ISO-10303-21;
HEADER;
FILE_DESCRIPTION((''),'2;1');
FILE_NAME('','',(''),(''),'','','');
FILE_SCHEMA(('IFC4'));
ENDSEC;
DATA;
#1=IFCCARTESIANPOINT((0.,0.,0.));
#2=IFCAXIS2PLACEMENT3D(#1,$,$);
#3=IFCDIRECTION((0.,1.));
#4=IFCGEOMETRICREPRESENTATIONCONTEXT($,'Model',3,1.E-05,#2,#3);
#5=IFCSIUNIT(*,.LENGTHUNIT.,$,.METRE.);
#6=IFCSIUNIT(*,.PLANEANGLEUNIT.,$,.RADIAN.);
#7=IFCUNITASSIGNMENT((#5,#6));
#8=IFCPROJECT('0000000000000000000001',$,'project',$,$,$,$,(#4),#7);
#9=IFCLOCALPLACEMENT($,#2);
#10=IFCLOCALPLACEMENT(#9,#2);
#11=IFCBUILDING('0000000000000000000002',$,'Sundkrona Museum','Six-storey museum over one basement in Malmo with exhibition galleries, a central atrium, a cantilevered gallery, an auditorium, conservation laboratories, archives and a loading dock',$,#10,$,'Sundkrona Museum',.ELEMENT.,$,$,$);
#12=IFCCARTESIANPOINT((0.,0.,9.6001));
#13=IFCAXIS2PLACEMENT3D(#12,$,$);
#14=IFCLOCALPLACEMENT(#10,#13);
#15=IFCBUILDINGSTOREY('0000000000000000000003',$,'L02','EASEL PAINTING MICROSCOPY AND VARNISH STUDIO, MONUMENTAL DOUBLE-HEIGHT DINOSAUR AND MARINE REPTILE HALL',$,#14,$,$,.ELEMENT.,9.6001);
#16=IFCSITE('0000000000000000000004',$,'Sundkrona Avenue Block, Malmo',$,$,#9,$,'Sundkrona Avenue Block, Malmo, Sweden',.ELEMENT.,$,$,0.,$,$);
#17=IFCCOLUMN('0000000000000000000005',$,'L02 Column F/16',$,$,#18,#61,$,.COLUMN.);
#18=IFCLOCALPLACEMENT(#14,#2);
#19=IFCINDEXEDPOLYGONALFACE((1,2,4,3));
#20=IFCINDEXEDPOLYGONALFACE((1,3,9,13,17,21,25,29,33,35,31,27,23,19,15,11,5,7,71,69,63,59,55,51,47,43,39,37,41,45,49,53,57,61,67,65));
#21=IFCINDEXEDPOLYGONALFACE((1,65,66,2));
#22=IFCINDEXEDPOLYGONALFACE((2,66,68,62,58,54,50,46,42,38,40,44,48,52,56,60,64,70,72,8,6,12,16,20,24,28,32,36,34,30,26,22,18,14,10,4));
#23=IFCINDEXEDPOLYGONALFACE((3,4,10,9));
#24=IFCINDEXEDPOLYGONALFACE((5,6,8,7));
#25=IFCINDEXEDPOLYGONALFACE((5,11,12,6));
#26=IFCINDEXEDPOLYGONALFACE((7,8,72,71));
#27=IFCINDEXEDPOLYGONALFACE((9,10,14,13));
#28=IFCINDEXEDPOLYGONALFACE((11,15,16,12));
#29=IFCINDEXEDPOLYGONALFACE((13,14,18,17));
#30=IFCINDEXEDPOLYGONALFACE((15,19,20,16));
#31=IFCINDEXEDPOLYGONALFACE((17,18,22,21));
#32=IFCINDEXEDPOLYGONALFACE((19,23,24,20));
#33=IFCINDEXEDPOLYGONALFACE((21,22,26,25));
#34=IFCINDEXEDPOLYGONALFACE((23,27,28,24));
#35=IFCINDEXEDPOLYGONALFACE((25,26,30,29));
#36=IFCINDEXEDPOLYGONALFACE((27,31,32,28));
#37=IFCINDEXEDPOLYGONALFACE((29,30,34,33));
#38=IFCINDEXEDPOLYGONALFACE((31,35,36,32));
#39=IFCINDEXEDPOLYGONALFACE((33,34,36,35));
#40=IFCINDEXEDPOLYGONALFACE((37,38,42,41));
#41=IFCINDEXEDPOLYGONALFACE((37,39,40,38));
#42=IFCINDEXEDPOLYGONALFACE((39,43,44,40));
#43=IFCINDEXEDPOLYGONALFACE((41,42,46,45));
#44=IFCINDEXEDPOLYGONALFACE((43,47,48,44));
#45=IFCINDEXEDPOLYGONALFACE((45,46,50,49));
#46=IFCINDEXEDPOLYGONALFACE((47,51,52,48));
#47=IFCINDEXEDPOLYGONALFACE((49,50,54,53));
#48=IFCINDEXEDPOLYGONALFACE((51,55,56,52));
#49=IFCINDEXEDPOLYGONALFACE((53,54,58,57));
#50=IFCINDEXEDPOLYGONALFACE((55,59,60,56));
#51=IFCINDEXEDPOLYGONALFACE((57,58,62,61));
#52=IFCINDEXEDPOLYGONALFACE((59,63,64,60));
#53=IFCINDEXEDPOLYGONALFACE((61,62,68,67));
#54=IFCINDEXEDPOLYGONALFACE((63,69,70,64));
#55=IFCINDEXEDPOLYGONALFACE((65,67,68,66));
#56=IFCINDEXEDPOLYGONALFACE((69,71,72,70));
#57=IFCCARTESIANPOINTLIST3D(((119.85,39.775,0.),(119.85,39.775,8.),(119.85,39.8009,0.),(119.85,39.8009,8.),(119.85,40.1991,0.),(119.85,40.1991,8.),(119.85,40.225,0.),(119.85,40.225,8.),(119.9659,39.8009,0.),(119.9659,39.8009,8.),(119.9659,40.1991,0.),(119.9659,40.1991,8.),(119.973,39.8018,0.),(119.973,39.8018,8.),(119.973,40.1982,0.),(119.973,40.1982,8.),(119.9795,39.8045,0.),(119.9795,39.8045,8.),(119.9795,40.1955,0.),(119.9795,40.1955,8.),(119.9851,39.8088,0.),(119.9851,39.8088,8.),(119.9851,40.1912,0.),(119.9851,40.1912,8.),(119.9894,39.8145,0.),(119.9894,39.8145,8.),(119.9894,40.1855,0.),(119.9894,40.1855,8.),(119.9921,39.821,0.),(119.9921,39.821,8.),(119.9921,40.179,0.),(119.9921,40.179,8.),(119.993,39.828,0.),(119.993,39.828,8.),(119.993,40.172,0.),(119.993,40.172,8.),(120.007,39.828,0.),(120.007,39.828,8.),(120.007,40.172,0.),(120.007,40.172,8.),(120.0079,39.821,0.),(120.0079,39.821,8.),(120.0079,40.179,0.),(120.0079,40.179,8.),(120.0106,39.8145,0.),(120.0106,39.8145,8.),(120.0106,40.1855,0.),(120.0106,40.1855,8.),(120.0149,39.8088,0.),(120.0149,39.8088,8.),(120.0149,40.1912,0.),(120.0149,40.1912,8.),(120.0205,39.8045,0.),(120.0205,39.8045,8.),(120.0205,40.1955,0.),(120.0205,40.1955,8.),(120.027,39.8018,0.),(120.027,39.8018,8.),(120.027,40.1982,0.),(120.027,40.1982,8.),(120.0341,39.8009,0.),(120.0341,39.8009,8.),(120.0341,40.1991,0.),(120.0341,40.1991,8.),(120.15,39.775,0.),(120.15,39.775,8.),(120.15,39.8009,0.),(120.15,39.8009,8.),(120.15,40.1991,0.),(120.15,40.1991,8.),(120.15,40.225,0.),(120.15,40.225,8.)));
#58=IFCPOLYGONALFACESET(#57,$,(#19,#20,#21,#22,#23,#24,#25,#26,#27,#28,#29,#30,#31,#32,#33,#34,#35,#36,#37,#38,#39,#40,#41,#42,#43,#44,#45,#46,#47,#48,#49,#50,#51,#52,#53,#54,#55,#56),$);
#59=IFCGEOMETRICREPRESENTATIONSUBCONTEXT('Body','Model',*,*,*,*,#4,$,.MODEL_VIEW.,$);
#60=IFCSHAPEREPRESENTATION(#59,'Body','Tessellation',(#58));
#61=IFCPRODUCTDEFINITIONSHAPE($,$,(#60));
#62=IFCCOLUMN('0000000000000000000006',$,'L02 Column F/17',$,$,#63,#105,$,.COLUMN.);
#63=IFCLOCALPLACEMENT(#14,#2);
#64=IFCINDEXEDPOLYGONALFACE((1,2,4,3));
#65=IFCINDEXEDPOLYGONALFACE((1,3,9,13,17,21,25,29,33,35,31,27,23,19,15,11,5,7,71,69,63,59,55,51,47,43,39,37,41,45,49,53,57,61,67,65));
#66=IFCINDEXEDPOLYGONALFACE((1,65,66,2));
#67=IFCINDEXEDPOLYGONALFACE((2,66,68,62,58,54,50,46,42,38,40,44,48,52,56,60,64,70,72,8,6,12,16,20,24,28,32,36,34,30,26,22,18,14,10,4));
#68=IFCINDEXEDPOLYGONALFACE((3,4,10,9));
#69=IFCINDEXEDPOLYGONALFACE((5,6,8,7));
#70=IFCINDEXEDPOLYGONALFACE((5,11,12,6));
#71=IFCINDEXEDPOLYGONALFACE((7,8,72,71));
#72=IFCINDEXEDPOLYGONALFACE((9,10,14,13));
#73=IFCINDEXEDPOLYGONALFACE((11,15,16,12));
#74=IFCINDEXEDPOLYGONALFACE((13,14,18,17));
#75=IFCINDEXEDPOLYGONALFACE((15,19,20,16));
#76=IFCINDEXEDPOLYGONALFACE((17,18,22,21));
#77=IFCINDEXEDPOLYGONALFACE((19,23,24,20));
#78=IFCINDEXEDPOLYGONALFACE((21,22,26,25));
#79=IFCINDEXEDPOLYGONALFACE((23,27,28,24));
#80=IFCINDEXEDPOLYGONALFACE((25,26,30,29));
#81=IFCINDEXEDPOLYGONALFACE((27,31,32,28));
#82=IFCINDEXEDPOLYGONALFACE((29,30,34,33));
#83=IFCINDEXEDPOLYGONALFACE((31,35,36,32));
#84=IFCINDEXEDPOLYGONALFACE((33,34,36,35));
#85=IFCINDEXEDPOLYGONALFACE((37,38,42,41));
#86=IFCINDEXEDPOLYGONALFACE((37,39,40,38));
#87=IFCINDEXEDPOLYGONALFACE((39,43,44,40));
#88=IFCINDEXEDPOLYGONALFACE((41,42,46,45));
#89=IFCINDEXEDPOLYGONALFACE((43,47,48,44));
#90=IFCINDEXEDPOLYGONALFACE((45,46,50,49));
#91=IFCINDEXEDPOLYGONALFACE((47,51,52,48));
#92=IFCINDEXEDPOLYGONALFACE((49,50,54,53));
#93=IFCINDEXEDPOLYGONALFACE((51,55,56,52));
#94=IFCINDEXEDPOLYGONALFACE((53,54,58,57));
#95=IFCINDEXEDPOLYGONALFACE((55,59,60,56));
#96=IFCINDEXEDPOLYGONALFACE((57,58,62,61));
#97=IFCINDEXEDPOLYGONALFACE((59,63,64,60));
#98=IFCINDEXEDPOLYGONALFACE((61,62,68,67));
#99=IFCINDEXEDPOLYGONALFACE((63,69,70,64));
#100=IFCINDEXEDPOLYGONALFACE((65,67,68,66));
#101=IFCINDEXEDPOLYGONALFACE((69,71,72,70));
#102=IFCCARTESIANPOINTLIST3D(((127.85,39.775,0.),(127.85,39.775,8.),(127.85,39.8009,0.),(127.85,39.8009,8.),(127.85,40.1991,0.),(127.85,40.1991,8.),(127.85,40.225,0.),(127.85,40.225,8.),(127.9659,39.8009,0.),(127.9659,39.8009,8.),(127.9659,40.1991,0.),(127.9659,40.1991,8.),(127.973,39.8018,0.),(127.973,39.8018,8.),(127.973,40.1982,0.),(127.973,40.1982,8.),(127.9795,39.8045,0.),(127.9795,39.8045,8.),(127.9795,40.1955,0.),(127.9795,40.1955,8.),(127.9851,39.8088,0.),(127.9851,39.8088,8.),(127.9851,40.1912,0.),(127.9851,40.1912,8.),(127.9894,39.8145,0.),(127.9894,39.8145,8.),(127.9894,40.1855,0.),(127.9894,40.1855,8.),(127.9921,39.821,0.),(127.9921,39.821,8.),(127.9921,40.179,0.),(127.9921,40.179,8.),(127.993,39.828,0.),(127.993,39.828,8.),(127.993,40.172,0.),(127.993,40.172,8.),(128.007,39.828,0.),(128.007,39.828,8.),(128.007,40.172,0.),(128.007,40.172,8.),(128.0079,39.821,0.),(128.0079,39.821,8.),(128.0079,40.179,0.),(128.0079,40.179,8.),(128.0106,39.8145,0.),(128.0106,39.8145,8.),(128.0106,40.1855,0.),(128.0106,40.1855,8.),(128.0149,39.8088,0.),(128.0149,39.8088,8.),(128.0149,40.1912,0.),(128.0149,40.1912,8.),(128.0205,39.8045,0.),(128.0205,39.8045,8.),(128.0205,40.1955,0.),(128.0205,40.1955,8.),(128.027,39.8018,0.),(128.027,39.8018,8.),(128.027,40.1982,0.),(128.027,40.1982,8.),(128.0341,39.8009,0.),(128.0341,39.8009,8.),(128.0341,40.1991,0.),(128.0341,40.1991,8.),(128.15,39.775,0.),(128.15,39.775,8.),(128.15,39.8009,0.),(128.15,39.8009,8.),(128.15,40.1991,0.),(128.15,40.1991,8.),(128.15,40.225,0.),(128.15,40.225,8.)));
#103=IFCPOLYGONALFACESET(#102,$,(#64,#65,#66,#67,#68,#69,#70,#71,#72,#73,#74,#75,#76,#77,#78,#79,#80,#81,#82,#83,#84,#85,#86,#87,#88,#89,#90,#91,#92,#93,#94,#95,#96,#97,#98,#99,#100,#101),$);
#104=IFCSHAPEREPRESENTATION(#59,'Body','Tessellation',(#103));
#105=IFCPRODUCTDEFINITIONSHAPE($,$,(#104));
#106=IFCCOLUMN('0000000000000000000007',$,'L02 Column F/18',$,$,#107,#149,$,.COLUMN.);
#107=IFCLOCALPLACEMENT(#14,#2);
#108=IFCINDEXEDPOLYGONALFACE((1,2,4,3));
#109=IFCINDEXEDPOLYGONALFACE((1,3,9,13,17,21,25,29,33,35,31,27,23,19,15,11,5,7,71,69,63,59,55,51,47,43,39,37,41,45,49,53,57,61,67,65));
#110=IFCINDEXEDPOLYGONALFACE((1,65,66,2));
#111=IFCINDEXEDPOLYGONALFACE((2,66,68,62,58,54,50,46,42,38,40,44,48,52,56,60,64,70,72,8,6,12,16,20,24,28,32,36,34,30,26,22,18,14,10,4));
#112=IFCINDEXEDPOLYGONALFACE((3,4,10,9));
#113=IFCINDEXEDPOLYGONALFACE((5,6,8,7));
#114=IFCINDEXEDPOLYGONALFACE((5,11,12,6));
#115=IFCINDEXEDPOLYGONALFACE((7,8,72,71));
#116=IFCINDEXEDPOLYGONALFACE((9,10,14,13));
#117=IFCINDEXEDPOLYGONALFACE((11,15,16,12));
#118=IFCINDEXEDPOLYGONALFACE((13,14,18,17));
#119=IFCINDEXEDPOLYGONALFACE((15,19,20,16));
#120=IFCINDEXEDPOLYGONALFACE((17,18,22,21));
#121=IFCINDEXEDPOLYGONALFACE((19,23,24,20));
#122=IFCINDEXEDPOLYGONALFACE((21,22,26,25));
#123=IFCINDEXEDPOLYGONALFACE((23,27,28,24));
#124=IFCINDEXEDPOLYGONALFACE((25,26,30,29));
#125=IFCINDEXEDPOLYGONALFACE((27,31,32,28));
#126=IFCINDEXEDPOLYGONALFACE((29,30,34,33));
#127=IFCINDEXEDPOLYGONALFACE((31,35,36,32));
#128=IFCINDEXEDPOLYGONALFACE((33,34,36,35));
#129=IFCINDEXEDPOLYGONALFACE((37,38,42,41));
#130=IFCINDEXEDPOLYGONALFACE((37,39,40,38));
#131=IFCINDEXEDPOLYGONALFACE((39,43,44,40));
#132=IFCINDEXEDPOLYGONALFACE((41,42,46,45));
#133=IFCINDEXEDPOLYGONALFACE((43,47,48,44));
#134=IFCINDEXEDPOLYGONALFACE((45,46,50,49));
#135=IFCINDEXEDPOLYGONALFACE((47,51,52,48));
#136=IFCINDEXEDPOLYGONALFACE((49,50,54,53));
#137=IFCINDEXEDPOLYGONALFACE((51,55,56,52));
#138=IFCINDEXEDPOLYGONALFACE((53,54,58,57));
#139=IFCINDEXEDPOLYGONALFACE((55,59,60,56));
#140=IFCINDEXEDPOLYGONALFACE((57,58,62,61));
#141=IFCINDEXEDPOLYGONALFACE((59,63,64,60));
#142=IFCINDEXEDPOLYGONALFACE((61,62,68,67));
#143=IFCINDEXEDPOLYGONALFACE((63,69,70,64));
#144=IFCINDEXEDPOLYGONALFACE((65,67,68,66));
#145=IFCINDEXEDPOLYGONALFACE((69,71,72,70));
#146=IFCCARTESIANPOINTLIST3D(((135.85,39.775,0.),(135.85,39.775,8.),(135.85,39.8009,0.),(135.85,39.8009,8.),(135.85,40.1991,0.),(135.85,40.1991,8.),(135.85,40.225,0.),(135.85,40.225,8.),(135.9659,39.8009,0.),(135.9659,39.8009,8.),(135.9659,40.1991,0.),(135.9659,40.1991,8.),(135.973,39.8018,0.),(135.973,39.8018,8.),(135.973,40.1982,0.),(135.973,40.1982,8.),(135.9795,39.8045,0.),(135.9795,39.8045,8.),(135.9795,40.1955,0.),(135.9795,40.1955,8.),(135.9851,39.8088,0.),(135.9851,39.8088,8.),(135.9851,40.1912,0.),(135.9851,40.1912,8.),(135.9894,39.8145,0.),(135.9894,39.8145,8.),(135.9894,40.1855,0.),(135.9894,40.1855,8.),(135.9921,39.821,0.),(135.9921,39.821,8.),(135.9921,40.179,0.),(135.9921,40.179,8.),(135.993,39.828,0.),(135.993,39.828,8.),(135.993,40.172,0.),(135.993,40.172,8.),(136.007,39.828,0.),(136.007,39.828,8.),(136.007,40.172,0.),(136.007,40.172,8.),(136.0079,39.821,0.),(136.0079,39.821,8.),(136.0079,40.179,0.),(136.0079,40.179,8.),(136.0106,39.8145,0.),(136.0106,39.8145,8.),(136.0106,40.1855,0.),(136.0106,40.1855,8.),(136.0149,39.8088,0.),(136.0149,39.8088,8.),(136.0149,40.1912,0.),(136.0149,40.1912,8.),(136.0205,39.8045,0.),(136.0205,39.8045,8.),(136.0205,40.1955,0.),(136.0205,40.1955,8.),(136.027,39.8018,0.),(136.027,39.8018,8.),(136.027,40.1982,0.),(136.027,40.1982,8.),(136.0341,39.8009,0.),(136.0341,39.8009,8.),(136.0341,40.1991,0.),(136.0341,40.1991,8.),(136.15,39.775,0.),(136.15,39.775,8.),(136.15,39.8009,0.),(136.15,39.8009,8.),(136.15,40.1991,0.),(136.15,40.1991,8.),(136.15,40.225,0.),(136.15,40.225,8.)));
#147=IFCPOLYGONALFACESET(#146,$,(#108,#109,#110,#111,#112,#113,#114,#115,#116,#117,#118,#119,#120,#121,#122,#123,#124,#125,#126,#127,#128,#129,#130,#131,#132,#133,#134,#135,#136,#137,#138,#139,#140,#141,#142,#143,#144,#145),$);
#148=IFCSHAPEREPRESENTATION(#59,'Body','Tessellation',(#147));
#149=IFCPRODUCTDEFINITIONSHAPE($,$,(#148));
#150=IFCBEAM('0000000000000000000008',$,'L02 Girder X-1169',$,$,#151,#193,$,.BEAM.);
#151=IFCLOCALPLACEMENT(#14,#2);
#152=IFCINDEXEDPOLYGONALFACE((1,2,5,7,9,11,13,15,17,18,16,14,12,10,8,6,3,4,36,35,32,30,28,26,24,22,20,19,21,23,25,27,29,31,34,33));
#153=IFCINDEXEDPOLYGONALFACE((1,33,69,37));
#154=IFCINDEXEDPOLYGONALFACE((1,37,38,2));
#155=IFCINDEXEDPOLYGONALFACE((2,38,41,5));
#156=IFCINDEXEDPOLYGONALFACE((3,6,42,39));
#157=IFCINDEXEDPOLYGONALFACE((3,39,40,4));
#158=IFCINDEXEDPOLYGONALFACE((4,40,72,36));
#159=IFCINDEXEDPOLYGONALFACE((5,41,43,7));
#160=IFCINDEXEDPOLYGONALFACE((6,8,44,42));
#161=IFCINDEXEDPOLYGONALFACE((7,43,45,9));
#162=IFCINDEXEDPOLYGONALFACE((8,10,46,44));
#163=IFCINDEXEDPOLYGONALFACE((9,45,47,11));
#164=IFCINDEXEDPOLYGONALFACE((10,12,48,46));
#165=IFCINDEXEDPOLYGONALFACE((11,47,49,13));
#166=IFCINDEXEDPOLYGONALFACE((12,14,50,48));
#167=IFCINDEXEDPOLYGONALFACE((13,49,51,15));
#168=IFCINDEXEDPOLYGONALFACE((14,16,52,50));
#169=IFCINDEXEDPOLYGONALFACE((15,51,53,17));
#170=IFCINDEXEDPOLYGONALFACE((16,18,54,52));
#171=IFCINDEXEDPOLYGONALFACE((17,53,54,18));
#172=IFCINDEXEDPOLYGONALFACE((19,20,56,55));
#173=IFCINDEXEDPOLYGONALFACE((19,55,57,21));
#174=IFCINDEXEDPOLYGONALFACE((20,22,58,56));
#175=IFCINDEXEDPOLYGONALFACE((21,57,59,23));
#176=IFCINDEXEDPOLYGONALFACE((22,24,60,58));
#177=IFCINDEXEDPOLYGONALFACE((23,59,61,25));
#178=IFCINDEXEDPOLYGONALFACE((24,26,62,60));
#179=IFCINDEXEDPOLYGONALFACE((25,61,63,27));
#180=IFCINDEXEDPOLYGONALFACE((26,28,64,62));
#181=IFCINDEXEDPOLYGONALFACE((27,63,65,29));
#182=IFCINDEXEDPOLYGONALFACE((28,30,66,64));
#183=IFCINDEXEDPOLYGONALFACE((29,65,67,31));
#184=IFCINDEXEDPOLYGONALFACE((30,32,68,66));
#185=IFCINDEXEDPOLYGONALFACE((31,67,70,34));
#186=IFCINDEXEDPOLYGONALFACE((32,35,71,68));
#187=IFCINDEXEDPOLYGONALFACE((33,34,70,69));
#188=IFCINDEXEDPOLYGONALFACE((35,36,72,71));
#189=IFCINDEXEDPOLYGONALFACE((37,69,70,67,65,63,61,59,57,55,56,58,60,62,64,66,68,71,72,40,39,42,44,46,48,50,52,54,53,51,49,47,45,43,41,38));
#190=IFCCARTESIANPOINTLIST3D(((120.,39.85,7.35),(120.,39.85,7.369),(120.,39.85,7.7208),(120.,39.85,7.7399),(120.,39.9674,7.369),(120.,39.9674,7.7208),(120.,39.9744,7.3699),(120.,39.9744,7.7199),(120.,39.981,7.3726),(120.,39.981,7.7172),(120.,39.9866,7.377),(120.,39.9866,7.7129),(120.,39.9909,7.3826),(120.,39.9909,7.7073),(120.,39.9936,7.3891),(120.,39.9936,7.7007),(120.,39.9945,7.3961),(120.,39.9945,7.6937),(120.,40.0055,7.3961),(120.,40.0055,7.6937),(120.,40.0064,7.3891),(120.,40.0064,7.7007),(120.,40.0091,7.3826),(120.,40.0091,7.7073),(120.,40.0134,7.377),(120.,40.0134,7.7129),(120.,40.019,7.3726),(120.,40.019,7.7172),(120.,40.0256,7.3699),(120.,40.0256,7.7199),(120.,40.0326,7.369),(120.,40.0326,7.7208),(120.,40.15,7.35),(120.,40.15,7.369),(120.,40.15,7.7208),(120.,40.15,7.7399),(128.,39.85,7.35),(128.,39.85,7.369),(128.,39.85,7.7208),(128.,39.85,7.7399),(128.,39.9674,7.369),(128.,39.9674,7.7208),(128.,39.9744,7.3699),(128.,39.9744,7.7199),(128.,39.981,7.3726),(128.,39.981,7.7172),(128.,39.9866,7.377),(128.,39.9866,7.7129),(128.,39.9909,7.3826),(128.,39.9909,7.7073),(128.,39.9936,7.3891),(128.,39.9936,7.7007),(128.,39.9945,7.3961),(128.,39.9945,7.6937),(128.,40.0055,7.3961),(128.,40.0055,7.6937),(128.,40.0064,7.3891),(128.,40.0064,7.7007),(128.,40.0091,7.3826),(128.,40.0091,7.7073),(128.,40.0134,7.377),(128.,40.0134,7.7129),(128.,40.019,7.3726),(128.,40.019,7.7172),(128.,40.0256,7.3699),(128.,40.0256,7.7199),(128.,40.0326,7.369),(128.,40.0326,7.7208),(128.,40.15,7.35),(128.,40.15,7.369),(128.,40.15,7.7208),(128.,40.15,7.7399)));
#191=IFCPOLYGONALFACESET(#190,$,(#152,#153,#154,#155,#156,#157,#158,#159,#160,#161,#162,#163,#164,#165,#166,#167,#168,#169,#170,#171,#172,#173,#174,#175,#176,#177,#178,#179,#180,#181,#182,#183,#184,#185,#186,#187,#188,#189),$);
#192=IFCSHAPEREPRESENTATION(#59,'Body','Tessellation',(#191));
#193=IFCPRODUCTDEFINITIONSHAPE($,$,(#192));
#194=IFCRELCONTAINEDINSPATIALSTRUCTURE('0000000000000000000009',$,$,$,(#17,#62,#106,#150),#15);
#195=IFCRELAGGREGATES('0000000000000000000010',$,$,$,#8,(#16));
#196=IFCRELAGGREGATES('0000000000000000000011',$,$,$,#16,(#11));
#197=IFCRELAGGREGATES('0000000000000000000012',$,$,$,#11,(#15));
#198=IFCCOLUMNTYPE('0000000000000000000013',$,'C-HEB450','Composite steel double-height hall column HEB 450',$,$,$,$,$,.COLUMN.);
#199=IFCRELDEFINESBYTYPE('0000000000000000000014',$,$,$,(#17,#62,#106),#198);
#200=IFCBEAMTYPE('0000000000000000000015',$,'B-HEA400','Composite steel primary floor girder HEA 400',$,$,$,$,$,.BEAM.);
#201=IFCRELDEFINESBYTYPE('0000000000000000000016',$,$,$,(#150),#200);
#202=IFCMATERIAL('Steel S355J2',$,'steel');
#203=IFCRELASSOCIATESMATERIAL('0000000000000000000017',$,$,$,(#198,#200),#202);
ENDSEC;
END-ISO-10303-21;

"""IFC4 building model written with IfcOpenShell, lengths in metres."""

from ifc_helpers import new_model, si_unit, direction, frame, origin, origin_2d, place, context, subcontext, project, spatial, i_section, extrude, material, material_profile, profile_set, type_object, element, save


model = new_model("IFC4")

# Units and contexts
model_context = context("Model", 3, precision=1e-05, world=origin(), true_north=direction((0.0, 1.0)))
body_context = subcontext(model_context, "Body", "Model", "MODEL_VIEW")
ifc_project = project(units=[si_unit("LENGTHUNIT", "METRE"), si_unit("PLANEANGLEUNIT", "RADIAN")], contexts=[model_context])

# Site, building, storey
site_placement = place(None, origin())
site = spatial("IfcSite", under=ifc_project, at=site_placement, Name="Sundkrona Avenue Block, Malmo", LongName="Sundkrona Avenue Block, Malmo, Sweden", CompositionType="ELEMENT", RefElevation=0.0)
building_placement = place(site_placement, origin())
building = spatial("IfcBuilding", under=site, at=building_placement, Name="Sundkrona Museum", Description="Six-storey museum over one basement in Malmo with exhibition galleries, a central atrium, a cantilevered gallery, an auditorium, conservation laboratories, archives and a loading dock", LongName="Sundkrona Museum", CompositionType="ELEMENT")
storey_placement = place(building_placement, frame((0.0, 0.0, 9.6001)))
storey = spatial("IfcBuildingStorey", under=building, at=storey_placement, Name="L02", Description="EASEL PAINTING MICROSCOPY AND VARNISH STUDIO, MONUMENTAL DOUBLE-HEIGHT DINOSAUR AND MARINE REPTILE HALL", CompositionType="ELEMENT", Elevation=9.6001)

# Columns
ifc_material_1 = material(Name="Steel S355J2", Category="steel")
ifc_material_profile_1 = material_profile(ifc_material_1, i_section(OverallWidth=0.3, OverallDepth=0.45, WebThickness=0.0139, FlangeThickness=0.0259, FilletRadius=0.0271, at=origin_2d()), Name="HEB 450")
ifc_profile_set_1 = profile_set([ifc_material_profile_1], Name="Steel S355J2")
column_type = type_object("IfcColumnType", Name="C-HEB450", Description="Composite steel double-height hall column HEB 450", PredefinedType="COLUMN", material=ifc_profile_set_1)
for number, where, z_axis, x_axis, name in (
    (1, (120.0, 40.0, 0.0), (0.0, 0.0, 1.0), (1.0, 0.0, 0.0), "L02 Column F/16"),
    (2, (128.0, 40.0, 0.0), (0.0, 0.0, 1.0), (1.0, 0.0, 0.0), "L02 Column F/17"),
    (3, (136.0, 40.0, 0.0), (0.0, 0.0, 1.0), (1.0, 0.0, 0.0), "L02 Column F/18"),
):
    element("IfcColumn", number, at=place(storey_placement, frame(where, z_axis=z_axis, x_axis=x_axis)), inside=storey, type_object=column_type, Name=name, PredefinedType="COLUMN", context=body_context, shape_type="SweptSolid", body=[
        extrude(i_section(OverallWidth=0.3, OverallDepth=0.45, WebThickness=0.0139, FlangeThickness=0.0259, FilletRadius=0.0271, at=origin_2d()), origin(), (0.0, 0.0, 1.0), 8.0),
    ])

# Beam
ifc_material_profile_2 = material_profile(ifc_material_1, i_section(OverallWidth=0.3, OverallDepth=0.3899, WebThickness=0.011, FlangeThickness=0.019, FilletRadius=0.0271, at=origin_2d()), Name="HEA 400")
ifc_profile_set_2 = profile_set([ifc_material_profile_2], Name="Steel S355J2")
beam_type_1 = type_object("IfcBeamType", Name="B-HEA400", Description="Composite steel primary floor girder HEA 400", PredefinedType="BEAM", material=ifc_profile_set_2)
for number, where, z_axis, x_axis, name in (
    (4, (120.0, 40.0, 7.5449), (1.0, 0.0, 0.0), (0.0, 1.0, 0.0), "L02 Girder X-1169"),
):
    element("IfcBeam", number, at=place(storey_placement, frame(where, z_axis=z_axis, x_axis=x_axis)), inside=storey, type_object=beam_type_1, Name=name, PredefinedType="BEAM", context=body_context, shape_type="SweptSolid", body=[
        extrude(i_section(OverallWidth=0.3, OverallDepth=0.3899, WebThickness=0.011, FlangeThickness=0.019, FilletRadius=0.0271, at=origin_2d()), origin(), (0.0, 0.0, 1.0), 8.0),
    ])

save(model, "model.ifc")
